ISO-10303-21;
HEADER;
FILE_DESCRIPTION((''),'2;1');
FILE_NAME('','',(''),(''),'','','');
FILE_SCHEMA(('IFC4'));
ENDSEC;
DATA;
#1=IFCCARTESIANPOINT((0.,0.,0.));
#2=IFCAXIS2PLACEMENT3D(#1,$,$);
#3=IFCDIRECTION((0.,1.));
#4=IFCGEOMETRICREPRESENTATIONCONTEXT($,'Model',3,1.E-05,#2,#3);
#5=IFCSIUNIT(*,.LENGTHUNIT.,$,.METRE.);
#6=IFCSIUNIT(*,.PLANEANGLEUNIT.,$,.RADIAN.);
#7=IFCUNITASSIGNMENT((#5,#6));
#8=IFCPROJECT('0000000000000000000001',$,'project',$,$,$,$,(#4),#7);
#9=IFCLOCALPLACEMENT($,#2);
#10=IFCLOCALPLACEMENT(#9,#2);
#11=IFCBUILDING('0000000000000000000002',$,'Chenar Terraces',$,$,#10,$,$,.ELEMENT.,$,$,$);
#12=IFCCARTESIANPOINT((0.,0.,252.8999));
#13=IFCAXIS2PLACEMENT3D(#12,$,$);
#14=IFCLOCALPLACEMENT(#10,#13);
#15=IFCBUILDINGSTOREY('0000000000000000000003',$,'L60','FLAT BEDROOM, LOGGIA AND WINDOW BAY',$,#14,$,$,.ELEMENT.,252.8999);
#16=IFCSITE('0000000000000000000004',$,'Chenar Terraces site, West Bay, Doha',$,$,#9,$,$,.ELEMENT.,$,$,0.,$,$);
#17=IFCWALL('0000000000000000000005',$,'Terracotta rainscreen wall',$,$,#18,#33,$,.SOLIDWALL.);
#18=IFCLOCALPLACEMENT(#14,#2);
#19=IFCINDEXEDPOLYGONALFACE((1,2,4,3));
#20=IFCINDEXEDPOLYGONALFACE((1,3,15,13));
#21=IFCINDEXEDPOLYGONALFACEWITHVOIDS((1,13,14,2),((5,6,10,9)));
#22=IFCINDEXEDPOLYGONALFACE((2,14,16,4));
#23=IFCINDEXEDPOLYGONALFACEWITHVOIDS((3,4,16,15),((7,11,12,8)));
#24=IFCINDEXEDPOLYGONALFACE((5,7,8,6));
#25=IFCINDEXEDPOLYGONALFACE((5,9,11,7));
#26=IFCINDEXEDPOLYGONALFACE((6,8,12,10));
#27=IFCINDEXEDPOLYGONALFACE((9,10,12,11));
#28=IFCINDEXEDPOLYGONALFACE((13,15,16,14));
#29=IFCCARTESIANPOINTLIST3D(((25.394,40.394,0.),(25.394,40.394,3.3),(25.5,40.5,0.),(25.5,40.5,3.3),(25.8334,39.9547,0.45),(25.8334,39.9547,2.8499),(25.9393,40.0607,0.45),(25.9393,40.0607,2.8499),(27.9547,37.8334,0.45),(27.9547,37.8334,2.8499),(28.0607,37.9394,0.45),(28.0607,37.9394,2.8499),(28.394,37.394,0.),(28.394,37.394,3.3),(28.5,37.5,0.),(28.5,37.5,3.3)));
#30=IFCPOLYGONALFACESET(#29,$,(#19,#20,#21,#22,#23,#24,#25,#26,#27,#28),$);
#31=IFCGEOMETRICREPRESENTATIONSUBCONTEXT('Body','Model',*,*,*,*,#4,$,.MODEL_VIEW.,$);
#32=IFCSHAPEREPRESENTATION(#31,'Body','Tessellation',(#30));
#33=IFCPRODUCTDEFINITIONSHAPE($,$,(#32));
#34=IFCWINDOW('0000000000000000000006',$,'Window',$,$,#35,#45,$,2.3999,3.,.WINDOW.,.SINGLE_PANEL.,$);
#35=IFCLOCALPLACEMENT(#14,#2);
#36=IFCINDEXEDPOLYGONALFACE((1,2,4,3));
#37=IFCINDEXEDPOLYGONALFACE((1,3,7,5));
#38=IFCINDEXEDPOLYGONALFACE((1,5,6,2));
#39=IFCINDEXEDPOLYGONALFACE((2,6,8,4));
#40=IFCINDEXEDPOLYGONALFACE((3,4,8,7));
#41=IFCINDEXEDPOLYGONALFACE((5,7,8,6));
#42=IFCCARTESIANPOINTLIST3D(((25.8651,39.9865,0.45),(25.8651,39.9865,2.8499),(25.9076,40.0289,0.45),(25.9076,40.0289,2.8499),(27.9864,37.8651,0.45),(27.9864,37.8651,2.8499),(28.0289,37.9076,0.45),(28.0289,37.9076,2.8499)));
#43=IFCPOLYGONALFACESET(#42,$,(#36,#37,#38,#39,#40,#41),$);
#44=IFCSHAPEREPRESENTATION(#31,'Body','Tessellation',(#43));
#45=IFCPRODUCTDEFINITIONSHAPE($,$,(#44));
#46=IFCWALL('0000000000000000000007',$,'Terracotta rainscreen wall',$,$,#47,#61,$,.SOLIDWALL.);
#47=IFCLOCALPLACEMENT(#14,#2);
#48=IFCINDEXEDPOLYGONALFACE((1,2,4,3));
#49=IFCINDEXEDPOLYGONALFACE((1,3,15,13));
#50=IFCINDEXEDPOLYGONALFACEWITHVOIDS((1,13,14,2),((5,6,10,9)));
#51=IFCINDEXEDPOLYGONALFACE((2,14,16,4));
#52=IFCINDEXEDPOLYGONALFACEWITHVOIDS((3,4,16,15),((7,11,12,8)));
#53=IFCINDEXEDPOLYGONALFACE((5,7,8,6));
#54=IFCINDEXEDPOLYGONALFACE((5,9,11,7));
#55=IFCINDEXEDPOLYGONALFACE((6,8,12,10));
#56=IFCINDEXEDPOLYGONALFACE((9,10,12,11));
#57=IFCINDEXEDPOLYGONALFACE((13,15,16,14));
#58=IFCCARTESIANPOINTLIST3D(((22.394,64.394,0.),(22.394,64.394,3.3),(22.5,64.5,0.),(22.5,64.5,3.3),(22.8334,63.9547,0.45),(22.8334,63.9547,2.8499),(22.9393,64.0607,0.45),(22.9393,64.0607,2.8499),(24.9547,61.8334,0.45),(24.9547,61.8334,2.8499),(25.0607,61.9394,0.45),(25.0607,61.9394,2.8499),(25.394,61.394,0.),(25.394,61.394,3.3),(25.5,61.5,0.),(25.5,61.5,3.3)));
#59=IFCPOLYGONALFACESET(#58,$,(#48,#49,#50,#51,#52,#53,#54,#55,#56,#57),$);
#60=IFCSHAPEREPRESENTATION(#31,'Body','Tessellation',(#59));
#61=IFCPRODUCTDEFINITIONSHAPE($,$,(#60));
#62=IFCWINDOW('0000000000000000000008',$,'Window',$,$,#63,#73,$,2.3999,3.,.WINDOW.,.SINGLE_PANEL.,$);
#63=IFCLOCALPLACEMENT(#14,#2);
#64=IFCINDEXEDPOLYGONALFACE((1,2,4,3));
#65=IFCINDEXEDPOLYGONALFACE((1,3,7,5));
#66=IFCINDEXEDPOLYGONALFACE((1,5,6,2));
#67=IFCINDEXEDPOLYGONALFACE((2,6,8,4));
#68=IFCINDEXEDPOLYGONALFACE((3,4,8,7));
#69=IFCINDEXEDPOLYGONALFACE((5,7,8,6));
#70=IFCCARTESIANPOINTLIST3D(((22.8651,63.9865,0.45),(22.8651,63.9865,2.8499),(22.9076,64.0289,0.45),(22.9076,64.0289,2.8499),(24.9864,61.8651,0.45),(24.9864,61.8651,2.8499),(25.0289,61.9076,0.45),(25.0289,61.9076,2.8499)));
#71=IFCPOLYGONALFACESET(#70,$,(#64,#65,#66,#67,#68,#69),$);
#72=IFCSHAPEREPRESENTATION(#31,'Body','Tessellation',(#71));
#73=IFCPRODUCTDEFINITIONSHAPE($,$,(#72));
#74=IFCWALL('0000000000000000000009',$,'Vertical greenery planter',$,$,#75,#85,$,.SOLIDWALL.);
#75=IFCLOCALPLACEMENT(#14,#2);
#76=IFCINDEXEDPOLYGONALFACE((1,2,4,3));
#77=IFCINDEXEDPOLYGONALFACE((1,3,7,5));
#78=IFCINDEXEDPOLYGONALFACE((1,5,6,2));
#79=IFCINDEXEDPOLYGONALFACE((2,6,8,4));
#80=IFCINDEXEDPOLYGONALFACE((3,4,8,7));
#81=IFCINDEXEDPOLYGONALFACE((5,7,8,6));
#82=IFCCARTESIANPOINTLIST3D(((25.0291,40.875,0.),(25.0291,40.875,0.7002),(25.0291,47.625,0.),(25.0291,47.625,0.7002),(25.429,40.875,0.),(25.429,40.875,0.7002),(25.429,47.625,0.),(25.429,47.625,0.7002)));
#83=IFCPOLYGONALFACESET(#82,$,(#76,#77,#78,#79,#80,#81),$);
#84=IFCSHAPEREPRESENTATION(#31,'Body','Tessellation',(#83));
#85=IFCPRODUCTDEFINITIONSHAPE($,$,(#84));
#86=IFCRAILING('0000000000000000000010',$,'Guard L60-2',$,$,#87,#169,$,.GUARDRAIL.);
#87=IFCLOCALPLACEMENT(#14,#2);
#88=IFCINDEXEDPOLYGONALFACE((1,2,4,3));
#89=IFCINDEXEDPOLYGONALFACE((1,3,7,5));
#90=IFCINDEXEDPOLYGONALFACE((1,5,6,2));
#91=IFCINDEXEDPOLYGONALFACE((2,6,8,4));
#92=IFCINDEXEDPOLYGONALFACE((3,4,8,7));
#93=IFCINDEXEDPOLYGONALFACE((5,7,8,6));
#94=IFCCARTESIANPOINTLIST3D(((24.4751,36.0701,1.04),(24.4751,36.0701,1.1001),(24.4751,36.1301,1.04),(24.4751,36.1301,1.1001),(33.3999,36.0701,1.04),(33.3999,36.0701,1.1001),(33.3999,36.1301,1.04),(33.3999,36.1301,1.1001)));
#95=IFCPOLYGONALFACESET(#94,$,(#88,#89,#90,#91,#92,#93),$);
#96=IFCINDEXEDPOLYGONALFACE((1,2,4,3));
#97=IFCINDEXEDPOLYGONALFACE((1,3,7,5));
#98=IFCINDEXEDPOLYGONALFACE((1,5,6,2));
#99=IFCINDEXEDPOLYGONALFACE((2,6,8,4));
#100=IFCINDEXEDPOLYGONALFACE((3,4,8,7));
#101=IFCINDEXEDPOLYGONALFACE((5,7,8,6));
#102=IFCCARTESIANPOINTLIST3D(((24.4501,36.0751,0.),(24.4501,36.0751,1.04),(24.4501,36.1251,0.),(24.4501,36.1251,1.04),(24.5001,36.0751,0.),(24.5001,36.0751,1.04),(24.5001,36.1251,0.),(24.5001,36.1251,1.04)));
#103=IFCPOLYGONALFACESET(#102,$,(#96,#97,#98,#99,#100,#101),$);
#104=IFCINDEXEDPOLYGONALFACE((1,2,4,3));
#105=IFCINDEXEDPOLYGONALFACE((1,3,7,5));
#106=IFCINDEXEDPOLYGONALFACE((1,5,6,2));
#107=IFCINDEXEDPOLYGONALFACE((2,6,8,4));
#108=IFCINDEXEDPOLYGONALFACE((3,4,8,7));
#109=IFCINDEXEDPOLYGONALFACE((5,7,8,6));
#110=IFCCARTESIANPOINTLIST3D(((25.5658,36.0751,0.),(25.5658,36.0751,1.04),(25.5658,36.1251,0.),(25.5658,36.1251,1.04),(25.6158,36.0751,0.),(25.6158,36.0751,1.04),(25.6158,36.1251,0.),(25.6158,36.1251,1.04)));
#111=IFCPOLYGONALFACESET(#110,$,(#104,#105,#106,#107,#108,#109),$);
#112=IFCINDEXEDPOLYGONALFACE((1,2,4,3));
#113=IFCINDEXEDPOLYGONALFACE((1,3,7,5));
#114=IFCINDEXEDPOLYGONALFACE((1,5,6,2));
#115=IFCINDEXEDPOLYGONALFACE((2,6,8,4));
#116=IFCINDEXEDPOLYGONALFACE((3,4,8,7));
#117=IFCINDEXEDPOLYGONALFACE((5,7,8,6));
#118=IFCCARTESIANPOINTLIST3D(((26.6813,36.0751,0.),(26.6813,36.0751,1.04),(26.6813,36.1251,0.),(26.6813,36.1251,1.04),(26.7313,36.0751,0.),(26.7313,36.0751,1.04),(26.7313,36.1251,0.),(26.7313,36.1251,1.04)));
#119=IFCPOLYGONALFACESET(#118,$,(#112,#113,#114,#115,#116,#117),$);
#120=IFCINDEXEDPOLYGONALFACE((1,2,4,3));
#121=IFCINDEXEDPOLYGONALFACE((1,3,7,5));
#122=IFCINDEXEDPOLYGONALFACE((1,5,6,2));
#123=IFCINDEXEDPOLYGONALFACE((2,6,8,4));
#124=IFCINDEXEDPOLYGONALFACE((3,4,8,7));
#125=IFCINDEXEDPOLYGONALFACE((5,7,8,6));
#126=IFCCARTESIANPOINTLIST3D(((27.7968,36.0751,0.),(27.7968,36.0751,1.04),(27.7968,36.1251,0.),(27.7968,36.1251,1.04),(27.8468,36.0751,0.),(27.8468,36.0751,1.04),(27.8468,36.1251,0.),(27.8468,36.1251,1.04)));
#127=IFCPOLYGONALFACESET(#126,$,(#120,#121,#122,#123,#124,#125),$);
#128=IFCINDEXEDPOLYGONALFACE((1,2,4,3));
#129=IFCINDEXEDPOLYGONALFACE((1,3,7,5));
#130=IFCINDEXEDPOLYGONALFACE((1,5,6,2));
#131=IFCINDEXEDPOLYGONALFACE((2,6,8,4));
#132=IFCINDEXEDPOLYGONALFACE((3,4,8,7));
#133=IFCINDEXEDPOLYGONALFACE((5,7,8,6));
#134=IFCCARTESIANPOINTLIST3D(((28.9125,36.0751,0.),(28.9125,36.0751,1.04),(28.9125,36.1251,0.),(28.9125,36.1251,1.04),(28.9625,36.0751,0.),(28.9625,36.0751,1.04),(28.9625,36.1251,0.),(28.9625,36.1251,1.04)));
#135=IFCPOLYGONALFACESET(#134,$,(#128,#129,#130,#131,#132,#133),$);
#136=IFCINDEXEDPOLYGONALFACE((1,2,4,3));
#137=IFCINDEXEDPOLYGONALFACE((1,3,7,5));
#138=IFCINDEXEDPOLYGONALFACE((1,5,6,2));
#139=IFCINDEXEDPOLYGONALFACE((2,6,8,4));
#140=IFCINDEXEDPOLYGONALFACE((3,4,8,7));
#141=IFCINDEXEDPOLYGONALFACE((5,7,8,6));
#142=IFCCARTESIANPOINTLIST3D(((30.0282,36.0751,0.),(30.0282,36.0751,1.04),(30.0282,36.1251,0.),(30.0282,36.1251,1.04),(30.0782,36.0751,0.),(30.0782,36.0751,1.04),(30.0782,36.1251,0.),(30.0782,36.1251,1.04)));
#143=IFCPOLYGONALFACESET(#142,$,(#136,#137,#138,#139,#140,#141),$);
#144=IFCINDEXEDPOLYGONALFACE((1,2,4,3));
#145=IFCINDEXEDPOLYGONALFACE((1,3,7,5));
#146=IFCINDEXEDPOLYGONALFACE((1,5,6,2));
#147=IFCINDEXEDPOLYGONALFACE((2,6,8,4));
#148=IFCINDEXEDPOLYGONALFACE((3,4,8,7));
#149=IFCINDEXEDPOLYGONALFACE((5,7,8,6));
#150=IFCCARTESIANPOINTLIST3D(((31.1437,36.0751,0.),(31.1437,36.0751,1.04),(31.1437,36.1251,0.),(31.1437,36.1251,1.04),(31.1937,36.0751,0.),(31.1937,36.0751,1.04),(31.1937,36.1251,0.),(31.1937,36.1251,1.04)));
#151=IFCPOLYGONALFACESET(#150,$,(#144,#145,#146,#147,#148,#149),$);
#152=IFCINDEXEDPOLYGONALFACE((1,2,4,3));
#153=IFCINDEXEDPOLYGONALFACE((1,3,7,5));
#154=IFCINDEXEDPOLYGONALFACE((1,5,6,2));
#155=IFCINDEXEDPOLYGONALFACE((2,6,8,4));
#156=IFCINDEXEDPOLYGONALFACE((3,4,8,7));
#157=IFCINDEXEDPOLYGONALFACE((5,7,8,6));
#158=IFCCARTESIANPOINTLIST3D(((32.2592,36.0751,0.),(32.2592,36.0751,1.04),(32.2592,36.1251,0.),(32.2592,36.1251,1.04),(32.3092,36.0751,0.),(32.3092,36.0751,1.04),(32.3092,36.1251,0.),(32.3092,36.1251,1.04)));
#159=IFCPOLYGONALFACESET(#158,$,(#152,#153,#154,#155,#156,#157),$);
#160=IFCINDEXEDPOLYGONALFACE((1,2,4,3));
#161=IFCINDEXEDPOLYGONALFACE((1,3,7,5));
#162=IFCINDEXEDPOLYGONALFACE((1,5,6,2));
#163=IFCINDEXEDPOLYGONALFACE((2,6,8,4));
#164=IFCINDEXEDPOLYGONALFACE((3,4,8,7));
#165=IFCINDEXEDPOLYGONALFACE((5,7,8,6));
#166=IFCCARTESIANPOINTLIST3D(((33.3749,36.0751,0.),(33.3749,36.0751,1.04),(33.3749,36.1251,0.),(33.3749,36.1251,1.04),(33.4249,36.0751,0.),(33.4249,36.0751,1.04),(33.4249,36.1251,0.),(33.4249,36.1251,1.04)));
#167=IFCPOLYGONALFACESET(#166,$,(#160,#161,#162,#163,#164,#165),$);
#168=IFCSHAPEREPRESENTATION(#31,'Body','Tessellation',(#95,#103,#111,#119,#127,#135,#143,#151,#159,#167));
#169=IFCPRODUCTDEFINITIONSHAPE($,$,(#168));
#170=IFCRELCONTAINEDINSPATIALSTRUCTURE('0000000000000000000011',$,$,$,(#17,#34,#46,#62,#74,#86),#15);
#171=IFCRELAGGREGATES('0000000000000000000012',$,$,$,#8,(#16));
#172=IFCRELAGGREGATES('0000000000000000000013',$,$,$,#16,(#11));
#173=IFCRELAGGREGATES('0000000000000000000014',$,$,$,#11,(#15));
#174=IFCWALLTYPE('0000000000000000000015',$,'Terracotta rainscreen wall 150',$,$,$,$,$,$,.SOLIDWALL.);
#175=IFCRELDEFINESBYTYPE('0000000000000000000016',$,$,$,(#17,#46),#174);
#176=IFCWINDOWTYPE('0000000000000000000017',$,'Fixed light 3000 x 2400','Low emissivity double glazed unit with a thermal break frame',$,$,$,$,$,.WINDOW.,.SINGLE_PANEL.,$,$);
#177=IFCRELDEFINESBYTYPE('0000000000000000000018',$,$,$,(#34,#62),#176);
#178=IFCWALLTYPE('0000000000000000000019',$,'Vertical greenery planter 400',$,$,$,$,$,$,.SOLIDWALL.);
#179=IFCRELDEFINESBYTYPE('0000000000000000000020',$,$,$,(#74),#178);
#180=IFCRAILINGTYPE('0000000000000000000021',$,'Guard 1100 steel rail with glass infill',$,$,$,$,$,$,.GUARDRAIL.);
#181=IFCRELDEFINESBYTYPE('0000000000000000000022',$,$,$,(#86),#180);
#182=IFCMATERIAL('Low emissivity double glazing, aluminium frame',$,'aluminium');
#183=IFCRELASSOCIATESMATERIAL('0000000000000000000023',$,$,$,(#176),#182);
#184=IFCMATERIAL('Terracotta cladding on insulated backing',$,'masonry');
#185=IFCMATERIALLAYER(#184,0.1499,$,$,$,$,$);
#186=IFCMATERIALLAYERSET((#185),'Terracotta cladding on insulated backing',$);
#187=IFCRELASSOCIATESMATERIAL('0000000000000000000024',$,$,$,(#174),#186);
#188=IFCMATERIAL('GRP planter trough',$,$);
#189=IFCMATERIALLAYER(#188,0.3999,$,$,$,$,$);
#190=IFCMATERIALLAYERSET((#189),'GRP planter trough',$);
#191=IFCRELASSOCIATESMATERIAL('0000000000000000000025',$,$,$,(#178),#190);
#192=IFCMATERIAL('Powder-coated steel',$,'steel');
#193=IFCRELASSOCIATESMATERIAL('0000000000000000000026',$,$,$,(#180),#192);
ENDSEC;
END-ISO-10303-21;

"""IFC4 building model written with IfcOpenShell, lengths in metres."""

from ifc_helpers import new_model, si_unit, direction, frame, frame_2d, origin, origin_2d, place, context, subcontext, project, spatial, rectangle, extrude, material, layer, layer_set, type_object, element, fill, save


model = new_model("IFC4")

# Units and contexts
model_context = context("Model", 3, precision=1e-05, world=origin(), true_north=direction((0.0, 1.0)))
body_context = subcontext(model_context, "Body", "Model", "MODEL_VIEW")
ifc_project = project(units=[si_unit("LENGTHUNIT", "METRE"), si_unit("PLANEANGLEUNIT", "RADIAN")], contexts=[model_context])

# Site, building, storey
site_placement = place(None, origin())
site = spatial("IfcSite", under=ifc_project, at=site_placement, Name="Chenar Terraces site, West Bay, Doha", CompositionType="ELEMENT", RefElevation=0.0)
building_placement = place(site_placement, origin())
building = spatial("IfcBuilding", under=site, at=building_placement, Name="Chenar Terraces", CompositionType="ELEMENT")
storey_placement = place(building_placement, frame((0.0, 0.0, 252.8999)))
storey = spatial("IfcBuildingStorey", under=building, at=storey_placement, Name="L60", Description="FLAT BEDROOM, LOGGIA AND WINDOW BAY", CompositionType="ELEMENT", Elevation=252.8999)

# Shared definitions
ifc_material_1 = material(Name="Low emissivity double glazing, aluminium frame", Category="aluminium")
window_type_1 = type_object("IfcWindowType", Name="Fixed light 3000 x 2400", Description="Low emissivity double glazed unit with a thermal break frame", PartitioningType="SINGLE_PANEL", PredefinedType="WINDOW", material=ifc_material_1)

# Walls, openings, windows
ifc_material_2 = material(Name="Terracotta cladding on insulated backing", Category="masonry")
ifc_layer_1 = layer(ifc_material_2, 0.1499)
ifc_layer_set_1 = layer_set([ifc_layer_1], Name="Terracotta cladding on insulated backing")
wall_type_1 = type_object("IfcWallType", Name="Terracotta rainscreen wall 150", PredefinedType="SOLIDWALL", material=ifc_layer_set_1)
wall_1_placement = place(storey_placement, frame((28.447, 37.447, 0.0), z_axis=(0.0, 0.0, 1.0), x_axis=(-0.707107, 0.707107, 0.0)))
wall_1 = element("IfcWall", 1, at=wall_1_placement, inside=storey, type_object=wall_type_1, Name="Terracotta rainscreen wall", PredefinedType="SOLIDWALL", context=body_context, shape_type="SweptSolid", body=[
    extrude(rectangle(XDim=4.2427, YDim=0.1499, at=frame_2d((2.1213, 0.0))), origin(), (0.0, 0.0, 1.0), 3.3),
])
opening_1_placement = place(wall_1_placement, frame((0.6213, 0.0, 0.45)))
opening_1 = element("IfcOpeningElement", 2, at=opening_1_placement, cuts=wall_1, PredefinedType="OPENING", context=body_context, shape_type="SweptSolid", body=[
    extrude(rectangle(XDim=3.0, YDim=2.3999, at=frame_2d((1.5, 1.2))), frame((0.0, 0.085, 0.0), z_axis=(0.0, -1.0, 0.0), x_axis=(1.0, 0.0, 0.0)), (0.0, 0.0, 1.0), 0.1699),
])
window_1_placement = place(opening_1_placement, origin())
window_1 = element("IfcWindow", 3, at=window_1_placement, inside=storey, type_object=window_type_1, Name="Window", OverallHeight=2.3999, OverallWidth=3.0, PartitioningType="SINGLE_PANEL", PredefinedType="WINDOW", context=body_context, shape_type="SweptSolid", body=[
    extrude(rectangle(XDim=3.0, YDim=2.3999, at=frame_2d((1.5, 1.2))), frame((0.0, 0.03, 0.0), z_axis=(0.0, -1.0, 0.0), x_axis=(1.0, 0.0, 0.0)), (0.0, 0.0, 1.0), 0.0601),
])
fill(opening_1, window_1)
wall_2_placement = place(storey_placement, frame((25.447, 61.447, 0.0), z_axis=(0.0, 0.0, 1.0), x_axis=(-0.707107, 0.707107, 0.0)))
wall_2 = element("IfcWall", 4, at=wall_2_placement, inside=storey, type_object=wall_type_1, Name="Terracotta rainscreen wall", PredefinedType="SOLIDWALL", context=body_context, shape_type="SweptSolid", body=[
    extrude(rectangle(XDim=4.2427, YDim=0.1499, at=frame_2d((2.1213, 0.0))), origin(), (0.0, 0.0, 1.0), 3.3),
])
opening_2_placement = place(wall_2_placement, frame((0.6213, 0.0, 0.45)))
opening_2 = element("IfcOpeningElement", 5, at=opening_2_placement, cuts=wall_2, PredefinedType="OPENING", context=body_context, shape_type="SweptSolid", body=[
    extrude(rectangle(XDim=3.0, YDim=2.3999, at=frame_2d((1.5, 1.2))), frame((0.0, 0.085, 0.0), z_axis=(0.0, -1.0, 0.0), x_axis=(1.0, 0.0, 0.0)), (0.0, 0.0, 1.0), 0.1699),
])
window_2_placement = place(opening_2_placement, origin())
window_2 = element("IfcWindow", 6, at=window_2_placement, inside=storey, type_object=window_type_1, Name="Window", OverallHeight=2.3999, OverallWidth=3.0, PartitioningType="SINGLE_PANEL", PredefinedType="WINDOW", context=body_context, shape_type="SweptSolid", body=[
    extrude(rectangle(XDim=3.0, YDim=2.3999, at=frame_2d((1.5, 1.2))), frame((0.0, 0.03, 0.0), z_axis=(0.0, -1.0, 0.0), x_axis=(1.0, 0.0, 0.0)), (0.0, 0.0, 1.0), 0.0601),
])
fill(opening_2, window_2)

# Wall
ifc_material_3 = material(Name="GRP planter trough")
ifc_layer_2 = layer(ifc_material_3, 0.3999)
ifc_layer_set_2 = layer_set([ifc_layer_2], Name="GRP planter trough")
wall_type_2 = type_object("IfcWallType", Name="Vertical greenery planter 400", PredefinedType="SOLIDWALL", material=ifc_layer_set_2)
wall_3_placement = place(storey_placement, frame((25.229, 40.875, 0.0), z_axis=(0.0, 0.0, 1.0), x_axis=(0.0, 1.0, 0.0)))
element("IfcWall", 7, at=wall_3_placement, inside=storey, type_object=wall_type_2, Name="Vertical greenery planter", PredefinedType="SOLIDWALL", context=body_context, shape_type="SweptSolid", body=[
    extrude(rectangle(XDim=6.75, YDim=0.3999, at=frame_2d((3.375, 0.0))), origin(), (0.0, 0.0, 1.0), 0.7002),
])

# Railing
ifc_material_4 = material(Name="Powder-coated steel", Category="steel")
railing_type_1 = type_object("IfcRailingType", Name="Guard 1100 steel rail with glass infill", PredefinedType="GUARDRAIL", material=ifc_material_4)
railing_1_placement = place(storey_placement, frame((24.4751, 36.1001, 0.0)))
element("IfcRailing", 8, at=railing_1_placement, inside=storey, type_object=railing_type_1, Name="Guard L60-2", PredefinedType="GUARDRAIL", context=body_context, shape_type="SweptSolid", body=[
    extrude(rectangle(XDim=0.0601, YDim=0.0601, at=origin_2d()), frame((0.0, 0.0, 1.0701), z_axis=(1.0, 0.0, 0.0), x_axis=(0.0, 1.0, 0.0)), (0.0, 0.0, 1.0), 8.9248),
    extrude(rectangle(XDim=0.05, YDim=0.05, at=origin_2d()), origin(), (0.0, 0.0, 1.0), 1.04),
    extrude(rectangle(XDim=0.05, YDim=0.05, at=origin_2d()), frame((1.1157, 0.0, 0.0)), (0.0, 0.0, 1.0), 1.04),
    extrude(rectangle(XDim=0.05, YDim=0.05, at=origin_2d()), frame((2.2312, 0.0, 0.0)), (0.0, 0.0, 1.0), 1.04),
    extrude(rectangle(XDim=0.05, YDim=0.05, at=origin_2d()), frame((3.3467, 0.0, 0.0)), (0.0, 0.0, 1.0), 1.04),
    extrude(rectangle(XDim=0.05, YDim=0.05, at=origin_2d()), frame((4.4624, 0.0, 0.0)), (0.0, 0.0, 1.0), 1.04),
    extrude(rectangle(XDim=0.05, YDim=0.05, at=origin_2d()), frame((5.5781, 0.0, 0.0)), (0.0, 0.0, 1.0), 1.04),
    extrude(rectangle(XDim=0.05, YDim=0.05, at=origin_2d()), frame((6.6936, 0.0, 0.0)), (0.0, 0.0, 1.0), 1.04),
    extrude(rectangle(XDim=0.05, YDim=0.05, at=origin_2d()), frame((7.8091, 0.0, 0.0)), (0.0, 0.0, 1.0), 1.04),
    extrude(rectangle(XDim=0.05, YDim=0.05, at=origin_2d()), frame((8.9248, 0.0, 0.0)), (0.0, 0.0, 1.0), 1.04),
])

save(model, "model.ifc")
